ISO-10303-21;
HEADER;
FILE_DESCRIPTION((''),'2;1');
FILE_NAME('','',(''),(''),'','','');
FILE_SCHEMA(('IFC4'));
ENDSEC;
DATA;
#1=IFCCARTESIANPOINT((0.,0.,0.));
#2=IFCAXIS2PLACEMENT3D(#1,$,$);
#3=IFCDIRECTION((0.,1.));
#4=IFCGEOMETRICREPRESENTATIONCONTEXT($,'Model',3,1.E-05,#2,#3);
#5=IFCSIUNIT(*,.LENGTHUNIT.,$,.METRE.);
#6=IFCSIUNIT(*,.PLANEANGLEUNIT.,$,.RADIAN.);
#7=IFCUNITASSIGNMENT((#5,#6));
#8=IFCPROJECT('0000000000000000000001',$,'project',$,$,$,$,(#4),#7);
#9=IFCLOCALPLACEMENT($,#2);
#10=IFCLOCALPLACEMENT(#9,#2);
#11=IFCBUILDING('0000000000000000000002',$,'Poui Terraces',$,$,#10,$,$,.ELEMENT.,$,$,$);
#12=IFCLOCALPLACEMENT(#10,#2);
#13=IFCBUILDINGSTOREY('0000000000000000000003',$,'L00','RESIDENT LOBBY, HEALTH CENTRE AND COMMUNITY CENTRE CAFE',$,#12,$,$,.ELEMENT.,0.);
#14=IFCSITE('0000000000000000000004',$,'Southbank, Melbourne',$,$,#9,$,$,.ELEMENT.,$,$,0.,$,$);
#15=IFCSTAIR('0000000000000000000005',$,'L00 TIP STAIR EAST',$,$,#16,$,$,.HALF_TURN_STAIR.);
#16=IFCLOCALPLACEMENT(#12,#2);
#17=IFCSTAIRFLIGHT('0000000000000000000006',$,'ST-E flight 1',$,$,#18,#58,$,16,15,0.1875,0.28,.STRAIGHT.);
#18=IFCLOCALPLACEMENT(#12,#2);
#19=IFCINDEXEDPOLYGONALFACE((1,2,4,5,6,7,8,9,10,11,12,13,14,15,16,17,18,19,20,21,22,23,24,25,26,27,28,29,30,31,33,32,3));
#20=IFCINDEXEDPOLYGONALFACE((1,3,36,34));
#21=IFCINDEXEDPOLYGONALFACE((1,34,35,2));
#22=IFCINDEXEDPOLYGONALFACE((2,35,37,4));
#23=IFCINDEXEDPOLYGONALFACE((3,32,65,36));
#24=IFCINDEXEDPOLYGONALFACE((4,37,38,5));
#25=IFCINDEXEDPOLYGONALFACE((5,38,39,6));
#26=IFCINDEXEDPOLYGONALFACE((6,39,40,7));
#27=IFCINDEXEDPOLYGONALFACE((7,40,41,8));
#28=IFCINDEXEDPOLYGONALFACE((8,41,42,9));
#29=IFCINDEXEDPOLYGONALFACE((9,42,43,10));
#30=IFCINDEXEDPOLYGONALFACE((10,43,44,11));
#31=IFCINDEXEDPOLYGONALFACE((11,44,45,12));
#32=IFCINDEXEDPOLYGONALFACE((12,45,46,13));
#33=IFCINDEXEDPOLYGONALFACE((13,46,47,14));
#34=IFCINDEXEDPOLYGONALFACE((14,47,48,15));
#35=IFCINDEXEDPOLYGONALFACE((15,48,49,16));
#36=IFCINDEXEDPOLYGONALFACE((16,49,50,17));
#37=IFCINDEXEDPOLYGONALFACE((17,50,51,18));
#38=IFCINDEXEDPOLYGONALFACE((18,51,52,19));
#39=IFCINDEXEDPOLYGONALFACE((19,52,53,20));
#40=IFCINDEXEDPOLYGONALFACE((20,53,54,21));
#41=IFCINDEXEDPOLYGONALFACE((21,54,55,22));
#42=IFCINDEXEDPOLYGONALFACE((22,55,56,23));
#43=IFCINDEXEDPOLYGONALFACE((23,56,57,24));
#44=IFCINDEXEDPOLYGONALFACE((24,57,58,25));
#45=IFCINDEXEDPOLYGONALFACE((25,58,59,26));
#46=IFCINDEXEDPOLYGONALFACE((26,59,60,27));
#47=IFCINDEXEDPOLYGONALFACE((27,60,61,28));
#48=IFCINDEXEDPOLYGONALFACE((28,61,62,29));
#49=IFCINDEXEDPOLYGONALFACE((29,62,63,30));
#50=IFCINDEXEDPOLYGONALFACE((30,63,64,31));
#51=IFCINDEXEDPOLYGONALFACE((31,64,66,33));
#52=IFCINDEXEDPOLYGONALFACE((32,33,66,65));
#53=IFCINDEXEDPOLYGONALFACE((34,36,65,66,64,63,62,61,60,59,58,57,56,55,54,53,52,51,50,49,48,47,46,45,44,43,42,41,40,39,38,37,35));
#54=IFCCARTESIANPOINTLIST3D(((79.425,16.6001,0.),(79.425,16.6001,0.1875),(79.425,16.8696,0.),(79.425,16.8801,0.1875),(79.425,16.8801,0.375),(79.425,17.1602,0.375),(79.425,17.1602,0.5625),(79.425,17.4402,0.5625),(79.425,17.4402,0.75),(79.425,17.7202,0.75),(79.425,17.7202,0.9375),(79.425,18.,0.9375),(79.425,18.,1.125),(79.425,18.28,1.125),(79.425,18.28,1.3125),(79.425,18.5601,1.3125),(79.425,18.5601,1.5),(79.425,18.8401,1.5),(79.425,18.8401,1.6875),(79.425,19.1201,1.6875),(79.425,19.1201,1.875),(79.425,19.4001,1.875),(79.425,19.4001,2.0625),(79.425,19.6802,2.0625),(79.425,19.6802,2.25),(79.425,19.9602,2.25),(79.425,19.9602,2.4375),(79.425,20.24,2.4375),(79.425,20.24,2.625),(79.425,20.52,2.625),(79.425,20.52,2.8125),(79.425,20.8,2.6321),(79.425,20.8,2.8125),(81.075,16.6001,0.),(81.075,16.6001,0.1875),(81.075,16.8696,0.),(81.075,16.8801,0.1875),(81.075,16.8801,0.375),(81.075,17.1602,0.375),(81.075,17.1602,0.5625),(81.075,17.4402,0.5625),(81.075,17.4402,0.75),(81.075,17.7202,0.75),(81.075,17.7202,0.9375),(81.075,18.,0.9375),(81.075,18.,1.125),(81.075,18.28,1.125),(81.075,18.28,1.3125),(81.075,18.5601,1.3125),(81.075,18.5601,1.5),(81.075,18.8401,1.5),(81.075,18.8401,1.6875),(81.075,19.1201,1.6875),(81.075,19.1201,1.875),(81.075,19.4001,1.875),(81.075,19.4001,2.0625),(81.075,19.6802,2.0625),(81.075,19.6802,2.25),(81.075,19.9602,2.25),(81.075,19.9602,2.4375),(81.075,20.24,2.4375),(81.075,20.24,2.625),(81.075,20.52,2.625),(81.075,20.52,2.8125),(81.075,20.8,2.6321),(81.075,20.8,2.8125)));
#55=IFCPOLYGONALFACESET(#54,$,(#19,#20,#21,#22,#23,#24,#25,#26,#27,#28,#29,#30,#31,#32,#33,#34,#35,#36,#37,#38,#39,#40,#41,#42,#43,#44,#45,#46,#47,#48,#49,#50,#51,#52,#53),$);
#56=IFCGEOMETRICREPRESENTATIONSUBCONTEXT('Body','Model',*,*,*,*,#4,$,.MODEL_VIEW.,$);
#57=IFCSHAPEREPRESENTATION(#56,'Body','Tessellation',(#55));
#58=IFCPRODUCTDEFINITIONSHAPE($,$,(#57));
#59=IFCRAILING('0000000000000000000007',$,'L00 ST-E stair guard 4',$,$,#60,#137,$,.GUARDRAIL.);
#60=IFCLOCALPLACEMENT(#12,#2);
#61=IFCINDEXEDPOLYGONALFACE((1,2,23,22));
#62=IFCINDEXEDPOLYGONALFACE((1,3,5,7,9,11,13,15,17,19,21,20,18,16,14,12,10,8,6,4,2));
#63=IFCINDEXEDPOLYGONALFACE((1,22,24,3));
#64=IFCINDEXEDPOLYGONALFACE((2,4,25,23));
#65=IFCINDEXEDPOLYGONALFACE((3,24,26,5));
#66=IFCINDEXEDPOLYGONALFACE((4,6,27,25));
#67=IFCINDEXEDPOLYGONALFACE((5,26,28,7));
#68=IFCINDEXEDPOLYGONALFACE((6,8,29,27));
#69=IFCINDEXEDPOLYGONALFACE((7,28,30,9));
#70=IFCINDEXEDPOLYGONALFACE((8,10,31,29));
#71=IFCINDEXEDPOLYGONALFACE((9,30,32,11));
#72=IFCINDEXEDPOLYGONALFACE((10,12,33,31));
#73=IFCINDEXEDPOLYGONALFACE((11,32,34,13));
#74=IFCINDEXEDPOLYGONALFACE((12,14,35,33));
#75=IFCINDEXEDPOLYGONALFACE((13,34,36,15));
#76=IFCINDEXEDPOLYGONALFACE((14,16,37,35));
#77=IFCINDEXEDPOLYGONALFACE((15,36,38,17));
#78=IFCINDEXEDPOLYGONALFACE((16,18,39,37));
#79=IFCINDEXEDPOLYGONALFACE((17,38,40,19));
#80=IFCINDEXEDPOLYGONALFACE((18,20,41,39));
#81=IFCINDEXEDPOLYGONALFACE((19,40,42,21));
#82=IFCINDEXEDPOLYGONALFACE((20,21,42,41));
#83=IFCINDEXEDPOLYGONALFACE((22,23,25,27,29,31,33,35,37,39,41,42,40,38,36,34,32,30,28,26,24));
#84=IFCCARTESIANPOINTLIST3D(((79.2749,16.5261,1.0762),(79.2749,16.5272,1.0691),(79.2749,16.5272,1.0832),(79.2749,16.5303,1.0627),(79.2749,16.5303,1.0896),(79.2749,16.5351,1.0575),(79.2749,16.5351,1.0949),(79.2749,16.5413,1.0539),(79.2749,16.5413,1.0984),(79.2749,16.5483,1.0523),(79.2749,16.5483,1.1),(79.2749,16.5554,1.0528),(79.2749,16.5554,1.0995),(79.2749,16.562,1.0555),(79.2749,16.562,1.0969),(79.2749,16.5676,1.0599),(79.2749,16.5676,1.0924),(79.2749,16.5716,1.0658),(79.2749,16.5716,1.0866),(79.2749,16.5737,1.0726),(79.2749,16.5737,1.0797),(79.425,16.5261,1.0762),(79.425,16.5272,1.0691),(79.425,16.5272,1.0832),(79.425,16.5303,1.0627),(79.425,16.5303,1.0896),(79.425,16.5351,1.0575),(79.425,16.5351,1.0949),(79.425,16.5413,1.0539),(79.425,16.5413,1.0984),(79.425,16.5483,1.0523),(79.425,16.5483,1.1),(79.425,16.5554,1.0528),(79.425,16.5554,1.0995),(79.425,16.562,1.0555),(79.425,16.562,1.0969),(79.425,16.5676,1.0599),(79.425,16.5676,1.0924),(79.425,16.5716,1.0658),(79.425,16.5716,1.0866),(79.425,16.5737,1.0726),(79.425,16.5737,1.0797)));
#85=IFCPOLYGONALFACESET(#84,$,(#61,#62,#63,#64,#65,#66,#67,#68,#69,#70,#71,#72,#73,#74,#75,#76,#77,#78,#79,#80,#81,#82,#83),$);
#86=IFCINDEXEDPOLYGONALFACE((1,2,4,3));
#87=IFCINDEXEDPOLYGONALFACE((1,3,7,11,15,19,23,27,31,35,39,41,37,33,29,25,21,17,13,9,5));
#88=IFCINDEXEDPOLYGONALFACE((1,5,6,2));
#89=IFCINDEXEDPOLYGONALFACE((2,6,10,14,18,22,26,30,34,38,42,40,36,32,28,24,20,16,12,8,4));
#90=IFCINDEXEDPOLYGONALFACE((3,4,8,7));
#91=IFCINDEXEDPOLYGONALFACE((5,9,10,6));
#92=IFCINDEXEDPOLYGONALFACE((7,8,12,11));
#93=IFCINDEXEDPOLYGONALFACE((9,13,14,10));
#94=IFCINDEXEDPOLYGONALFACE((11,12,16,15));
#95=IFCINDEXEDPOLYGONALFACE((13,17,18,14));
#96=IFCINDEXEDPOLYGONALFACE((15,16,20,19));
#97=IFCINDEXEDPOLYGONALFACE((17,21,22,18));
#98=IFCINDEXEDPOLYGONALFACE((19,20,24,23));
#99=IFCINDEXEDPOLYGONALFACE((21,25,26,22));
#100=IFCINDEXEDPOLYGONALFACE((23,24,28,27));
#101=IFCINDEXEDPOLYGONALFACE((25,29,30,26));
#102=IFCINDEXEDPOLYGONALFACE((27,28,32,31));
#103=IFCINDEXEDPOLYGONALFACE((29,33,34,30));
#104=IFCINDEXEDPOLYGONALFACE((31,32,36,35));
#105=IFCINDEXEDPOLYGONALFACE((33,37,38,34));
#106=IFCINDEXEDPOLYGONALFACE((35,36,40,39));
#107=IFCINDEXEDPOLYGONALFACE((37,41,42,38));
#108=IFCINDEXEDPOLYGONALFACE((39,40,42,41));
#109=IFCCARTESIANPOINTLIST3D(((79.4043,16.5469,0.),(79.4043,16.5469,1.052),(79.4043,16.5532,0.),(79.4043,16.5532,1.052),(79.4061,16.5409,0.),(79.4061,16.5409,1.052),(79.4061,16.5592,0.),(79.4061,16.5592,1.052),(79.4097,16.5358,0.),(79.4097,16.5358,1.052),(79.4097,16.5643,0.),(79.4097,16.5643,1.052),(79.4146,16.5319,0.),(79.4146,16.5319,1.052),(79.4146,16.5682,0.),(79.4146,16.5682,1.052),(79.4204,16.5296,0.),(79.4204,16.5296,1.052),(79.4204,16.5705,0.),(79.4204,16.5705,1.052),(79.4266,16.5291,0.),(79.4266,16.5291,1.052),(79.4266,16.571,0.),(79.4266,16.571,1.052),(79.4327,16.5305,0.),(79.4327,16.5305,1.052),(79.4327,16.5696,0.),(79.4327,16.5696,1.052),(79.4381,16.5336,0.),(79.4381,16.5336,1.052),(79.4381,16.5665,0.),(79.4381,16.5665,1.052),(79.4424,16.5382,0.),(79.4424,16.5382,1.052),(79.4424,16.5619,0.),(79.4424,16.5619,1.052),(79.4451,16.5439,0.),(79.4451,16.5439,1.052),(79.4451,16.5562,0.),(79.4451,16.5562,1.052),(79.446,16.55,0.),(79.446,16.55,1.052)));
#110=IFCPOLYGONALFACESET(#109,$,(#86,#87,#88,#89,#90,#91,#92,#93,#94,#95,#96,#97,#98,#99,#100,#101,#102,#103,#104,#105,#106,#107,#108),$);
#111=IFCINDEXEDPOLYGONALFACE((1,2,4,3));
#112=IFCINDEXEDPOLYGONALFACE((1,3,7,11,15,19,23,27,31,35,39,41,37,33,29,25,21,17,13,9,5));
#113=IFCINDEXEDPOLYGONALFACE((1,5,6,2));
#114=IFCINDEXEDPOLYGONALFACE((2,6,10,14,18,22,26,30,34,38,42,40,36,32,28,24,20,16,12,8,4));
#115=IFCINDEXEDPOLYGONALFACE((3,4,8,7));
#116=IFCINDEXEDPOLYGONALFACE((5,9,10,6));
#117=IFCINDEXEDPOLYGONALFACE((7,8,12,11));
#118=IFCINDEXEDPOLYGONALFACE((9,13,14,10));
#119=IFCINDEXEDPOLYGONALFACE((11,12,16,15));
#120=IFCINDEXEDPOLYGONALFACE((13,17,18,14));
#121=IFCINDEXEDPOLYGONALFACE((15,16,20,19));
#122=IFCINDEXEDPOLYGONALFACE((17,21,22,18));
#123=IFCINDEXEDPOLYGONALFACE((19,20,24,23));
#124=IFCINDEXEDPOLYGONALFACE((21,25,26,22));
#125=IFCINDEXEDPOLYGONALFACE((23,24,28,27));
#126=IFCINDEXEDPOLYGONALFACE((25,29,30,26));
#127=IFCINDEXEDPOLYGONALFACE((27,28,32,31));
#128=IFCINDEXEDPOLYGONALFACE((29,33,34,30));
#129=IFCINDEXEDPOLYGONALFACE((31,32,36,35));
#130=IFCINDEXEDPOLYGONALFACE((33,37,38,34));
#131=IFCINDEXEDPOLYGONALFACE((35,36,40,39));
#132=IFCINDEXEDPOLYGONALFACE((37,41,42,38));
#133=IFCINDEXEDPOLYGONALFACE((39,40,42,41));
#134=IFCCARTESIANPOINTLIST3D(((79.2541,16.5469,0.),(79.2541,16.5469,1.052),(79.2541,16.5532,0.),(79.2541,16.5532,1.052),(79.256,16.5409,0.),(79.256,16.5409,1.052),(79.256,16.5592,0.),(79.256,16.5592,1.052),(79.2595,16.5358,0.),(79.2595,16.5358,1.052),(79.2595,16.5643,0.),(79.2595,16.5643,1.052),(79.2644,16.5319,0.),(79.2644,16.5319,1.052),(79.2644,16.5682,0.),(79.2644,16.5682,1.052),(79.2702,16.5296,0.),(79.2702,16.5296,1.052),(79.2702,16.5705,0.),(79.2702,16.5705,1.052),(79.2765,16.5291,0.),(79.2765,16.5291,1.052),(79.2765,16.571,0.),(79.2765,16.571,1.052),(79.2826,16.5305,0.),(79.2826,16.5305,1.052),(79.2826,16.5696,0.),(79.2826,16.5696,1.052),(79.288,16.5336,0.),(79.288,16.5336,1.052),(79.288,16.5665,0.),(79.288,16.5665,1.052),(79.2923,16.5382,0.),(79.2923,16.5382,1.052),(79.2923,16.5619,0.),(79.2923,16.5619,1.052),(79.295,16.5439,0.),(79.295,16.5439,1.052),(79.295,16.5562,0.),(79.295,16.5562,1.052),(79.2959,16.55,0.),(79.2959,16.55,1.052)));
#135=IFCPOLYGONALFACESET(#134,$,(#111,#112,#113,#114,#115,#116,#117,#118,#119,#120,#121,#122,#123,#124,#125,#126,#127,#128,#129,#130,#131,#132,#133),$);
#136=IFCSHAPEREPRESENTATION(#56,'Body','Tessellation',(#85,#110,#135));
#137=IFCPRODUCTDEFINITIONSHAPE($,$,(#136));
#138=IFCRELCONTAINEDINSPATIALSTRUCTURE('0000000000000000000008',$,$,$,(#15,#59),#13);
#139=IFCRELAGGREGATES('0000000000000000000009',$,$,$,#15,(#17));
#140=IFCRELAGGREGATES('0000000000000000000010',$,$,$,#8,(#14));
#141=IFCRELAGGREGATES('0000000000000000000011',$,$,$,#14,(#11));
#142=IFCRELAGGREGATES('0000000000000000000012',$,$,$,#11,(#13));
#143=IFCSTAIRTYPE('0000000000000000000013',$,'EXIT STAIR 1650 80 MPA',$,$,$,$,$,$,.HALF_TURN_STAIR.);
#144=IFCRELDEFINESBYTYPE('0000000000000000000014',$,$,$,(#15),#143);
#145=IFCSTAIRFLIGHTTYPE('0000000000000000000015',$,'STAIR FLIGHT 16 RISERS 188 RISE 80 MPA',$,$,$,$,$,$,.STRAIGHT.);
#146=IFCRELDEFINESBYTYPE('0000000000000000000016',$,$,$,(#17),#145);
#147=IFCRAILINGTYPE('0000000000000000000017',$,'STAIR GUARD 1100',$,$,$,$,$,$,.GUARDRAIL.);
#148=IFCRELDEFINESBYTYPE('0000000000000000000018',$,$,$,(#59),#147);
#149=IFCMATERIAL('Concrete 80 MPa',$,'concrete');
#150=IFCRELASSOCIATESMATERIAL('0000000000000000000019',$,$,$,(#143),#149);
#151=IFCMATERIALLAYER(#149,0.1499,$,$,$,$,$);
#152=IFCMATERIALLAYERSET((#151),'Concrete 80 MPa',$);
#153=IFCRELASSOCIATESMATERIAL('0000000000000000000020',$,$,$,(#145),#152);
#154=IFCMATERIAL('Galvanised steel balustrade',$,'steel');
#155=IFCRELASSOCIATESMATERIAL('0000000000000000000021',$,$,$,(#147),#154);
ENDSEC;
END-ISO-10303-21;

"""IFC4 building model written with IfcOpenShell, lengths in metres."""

from ifc_helpers import new_model, si_unit, direction, frame, origin, origin_2d, place, context, subcontext, project, spatial, polyline, circle, outline, extrude, material, layer, layer_set, type_object, element, aggregate, save


model = new_model("IFC4")

# Units and contexts
model_context = context("Model", 3, precision=1e-05, world=origin(), true_north=direction((0.0, 1.0)))
body_context = subcontext(model_context, "Body", "Model", "MODEL_VIEW")
ifc_project = project(units=[si_unit("LENGTHUNIT", "METRE"), si_unit("PLANEANGLEUNIT", "RADIAN")], contexts=[model_context])

# Site, building, storey
site_placement = place(None, origin())
site = spatial("IfcSite", under=ifc_project, at=site_placement, Name="Southbank, Melbourne", CompositionType="ELEMENT", RefElevation=0.0)
building_placement = place(site_placement, origin())
building = spatial("IfcBuilding", under=site, at=building_placement, Name="Poui Terraces", CompositionType="ELEMENT")
storey_placement = place(building_placement, origin())
storey = spatial("IfcBuildingStorey", under=building, at=storey_placement, Name="L00", Description="RESIDENT LOBBY, HEALTH CENTRE AND COMMUNITY CENTRE CAFE", CompositionType="ELEMENT", Elevation=0.0)

# Shared definitions
ifc_material_1 = material(Name="Concrete 80 MPa", Category="concrete")

# Stair, stair flight
stair_type = type_object("IfcStairType", Name="EXIT STAIR 1650 80 MPA", PredefinedType="HALF_TURN_STAIR", material=ifc_material_1)
stair_placement = place(storey_placement, origin())
stair = element("IfcStair", 1, at=stair_placement, inside=storey, type_object=stair_type, Name="L00 TIP STAIR EAST", PredefinedType="HALF_TURN_STAIR")
ifc_layer_1 = layer(ifc_material_1, 0.1499)
ifc_layer_set_1 = layer_set([ifc_layer_1], Name="Concrete 80 MPa")
stair_flight_type = type_object("IfcStairFlightType", Name="STAIR FLIGHT 16 RISERS 188 RISE 80 MPA", PredefinedType="STRAIGHT", material=ifc_layer_set_1)
stair_flight_placement = place(storey_placement, frame((80.25, 16.6001, 0.0), z_axis=(0.0, 0.0, 1.0), x_axis=(0.0, 1.0, 0.0)))
stair_flight = element("IfcStairFlight", 2, at=stair_flight_placement, type_object=stair_flight_type, Name="ST-E flight 1", NumberOfRisers=16, NumberOfTreads=15, PredefinedType="STRAIGHT", RiserHeight=0.1875, TreadLength=0.28, context=body_context, shape_type="SweptSolid", body=[
    extrude(outline(polyline([(0.0, 0.0), (0.0, 0.1875), (0.28, 0.1875), (0.28, 0.375), (0.5601, 0.375), (0.5601, 0.5625), (0.8401, 0.5625), (0.8401, 0.75), (1.1201, 0.75), (1.1201, 0.9375), (1.3999, 0.9375), (1.3999, 1.125), (1.6799, 1.125), (1.6799, 1.3125), (1.96, 1.3125), (1.96, 1.5), (2.24, 1.5), (2.24, 1.6875), (2.52, 1.6875), (2.52, 1.875), (2.8, 1.875), (2.8, 2.0625), (3.0801, 2.0625), (3.0801, 2.25), (3.3601, 2.25), (3.3601, 2.4375), (3.6399, 2.4375), (3.6399, 2.625), (3.9199, 2.625), (3.9199, 2.8125), (4.2, 2.8125), (4.2, 3.0), (4.2, 2.6321), (0.2695, 0.0), (0.0, 0.0)])), frame((0.0, 0.825, 0.0), z_axis=(0.0, -1.0, 0.0), x_axis=(1.0, 0.0, 0.0)), (0.0, 0.0, 1.0), 1.6499),
])
aggregate(stair, [stair_flight])

# Railing
ifc_material_2 = material(Name="Galvanised steel balustrade", Category="steel")
railing_type_1 = type_object("IfcRailingType", Name="STAIR GUARD 1100", PredefinedType="GUARDRAIL", material=ifc_material_2)
railing_1_placement = place(storey_placement, frame((79.425, 16.55, 0.0)))
element("IfcRailing", 3, at=railing_1_placement, inside=storey, type_object=railing_type_1, Name="L00 ST-E stair guard 4", PredefinedType="GUARDRAIL", context=body_context, shape_type="SweptSolid", body=[
    extrude(circle(Radius=0.0239, at=origin_2d()), frame((0.0, 0.0, 1.0762), z_axis=(-1.0, 0.0, 0.0), x_axis=(0.0, -1.0, 0.0)), (0.0, 0.0, 1.0), 0.1501),
    extrude(circle(Radius=0.021, at=origin_2d()), origin(), (0.0, 0.0, 1.0), 1.052),
    extrude(circle(Radius=0.021, at=origin_2d()), frame((-0.1501, 0.0, 0.0)), (0.0, 0.0, 1.0), 1.052),
])

save(model, "model.ifc")
